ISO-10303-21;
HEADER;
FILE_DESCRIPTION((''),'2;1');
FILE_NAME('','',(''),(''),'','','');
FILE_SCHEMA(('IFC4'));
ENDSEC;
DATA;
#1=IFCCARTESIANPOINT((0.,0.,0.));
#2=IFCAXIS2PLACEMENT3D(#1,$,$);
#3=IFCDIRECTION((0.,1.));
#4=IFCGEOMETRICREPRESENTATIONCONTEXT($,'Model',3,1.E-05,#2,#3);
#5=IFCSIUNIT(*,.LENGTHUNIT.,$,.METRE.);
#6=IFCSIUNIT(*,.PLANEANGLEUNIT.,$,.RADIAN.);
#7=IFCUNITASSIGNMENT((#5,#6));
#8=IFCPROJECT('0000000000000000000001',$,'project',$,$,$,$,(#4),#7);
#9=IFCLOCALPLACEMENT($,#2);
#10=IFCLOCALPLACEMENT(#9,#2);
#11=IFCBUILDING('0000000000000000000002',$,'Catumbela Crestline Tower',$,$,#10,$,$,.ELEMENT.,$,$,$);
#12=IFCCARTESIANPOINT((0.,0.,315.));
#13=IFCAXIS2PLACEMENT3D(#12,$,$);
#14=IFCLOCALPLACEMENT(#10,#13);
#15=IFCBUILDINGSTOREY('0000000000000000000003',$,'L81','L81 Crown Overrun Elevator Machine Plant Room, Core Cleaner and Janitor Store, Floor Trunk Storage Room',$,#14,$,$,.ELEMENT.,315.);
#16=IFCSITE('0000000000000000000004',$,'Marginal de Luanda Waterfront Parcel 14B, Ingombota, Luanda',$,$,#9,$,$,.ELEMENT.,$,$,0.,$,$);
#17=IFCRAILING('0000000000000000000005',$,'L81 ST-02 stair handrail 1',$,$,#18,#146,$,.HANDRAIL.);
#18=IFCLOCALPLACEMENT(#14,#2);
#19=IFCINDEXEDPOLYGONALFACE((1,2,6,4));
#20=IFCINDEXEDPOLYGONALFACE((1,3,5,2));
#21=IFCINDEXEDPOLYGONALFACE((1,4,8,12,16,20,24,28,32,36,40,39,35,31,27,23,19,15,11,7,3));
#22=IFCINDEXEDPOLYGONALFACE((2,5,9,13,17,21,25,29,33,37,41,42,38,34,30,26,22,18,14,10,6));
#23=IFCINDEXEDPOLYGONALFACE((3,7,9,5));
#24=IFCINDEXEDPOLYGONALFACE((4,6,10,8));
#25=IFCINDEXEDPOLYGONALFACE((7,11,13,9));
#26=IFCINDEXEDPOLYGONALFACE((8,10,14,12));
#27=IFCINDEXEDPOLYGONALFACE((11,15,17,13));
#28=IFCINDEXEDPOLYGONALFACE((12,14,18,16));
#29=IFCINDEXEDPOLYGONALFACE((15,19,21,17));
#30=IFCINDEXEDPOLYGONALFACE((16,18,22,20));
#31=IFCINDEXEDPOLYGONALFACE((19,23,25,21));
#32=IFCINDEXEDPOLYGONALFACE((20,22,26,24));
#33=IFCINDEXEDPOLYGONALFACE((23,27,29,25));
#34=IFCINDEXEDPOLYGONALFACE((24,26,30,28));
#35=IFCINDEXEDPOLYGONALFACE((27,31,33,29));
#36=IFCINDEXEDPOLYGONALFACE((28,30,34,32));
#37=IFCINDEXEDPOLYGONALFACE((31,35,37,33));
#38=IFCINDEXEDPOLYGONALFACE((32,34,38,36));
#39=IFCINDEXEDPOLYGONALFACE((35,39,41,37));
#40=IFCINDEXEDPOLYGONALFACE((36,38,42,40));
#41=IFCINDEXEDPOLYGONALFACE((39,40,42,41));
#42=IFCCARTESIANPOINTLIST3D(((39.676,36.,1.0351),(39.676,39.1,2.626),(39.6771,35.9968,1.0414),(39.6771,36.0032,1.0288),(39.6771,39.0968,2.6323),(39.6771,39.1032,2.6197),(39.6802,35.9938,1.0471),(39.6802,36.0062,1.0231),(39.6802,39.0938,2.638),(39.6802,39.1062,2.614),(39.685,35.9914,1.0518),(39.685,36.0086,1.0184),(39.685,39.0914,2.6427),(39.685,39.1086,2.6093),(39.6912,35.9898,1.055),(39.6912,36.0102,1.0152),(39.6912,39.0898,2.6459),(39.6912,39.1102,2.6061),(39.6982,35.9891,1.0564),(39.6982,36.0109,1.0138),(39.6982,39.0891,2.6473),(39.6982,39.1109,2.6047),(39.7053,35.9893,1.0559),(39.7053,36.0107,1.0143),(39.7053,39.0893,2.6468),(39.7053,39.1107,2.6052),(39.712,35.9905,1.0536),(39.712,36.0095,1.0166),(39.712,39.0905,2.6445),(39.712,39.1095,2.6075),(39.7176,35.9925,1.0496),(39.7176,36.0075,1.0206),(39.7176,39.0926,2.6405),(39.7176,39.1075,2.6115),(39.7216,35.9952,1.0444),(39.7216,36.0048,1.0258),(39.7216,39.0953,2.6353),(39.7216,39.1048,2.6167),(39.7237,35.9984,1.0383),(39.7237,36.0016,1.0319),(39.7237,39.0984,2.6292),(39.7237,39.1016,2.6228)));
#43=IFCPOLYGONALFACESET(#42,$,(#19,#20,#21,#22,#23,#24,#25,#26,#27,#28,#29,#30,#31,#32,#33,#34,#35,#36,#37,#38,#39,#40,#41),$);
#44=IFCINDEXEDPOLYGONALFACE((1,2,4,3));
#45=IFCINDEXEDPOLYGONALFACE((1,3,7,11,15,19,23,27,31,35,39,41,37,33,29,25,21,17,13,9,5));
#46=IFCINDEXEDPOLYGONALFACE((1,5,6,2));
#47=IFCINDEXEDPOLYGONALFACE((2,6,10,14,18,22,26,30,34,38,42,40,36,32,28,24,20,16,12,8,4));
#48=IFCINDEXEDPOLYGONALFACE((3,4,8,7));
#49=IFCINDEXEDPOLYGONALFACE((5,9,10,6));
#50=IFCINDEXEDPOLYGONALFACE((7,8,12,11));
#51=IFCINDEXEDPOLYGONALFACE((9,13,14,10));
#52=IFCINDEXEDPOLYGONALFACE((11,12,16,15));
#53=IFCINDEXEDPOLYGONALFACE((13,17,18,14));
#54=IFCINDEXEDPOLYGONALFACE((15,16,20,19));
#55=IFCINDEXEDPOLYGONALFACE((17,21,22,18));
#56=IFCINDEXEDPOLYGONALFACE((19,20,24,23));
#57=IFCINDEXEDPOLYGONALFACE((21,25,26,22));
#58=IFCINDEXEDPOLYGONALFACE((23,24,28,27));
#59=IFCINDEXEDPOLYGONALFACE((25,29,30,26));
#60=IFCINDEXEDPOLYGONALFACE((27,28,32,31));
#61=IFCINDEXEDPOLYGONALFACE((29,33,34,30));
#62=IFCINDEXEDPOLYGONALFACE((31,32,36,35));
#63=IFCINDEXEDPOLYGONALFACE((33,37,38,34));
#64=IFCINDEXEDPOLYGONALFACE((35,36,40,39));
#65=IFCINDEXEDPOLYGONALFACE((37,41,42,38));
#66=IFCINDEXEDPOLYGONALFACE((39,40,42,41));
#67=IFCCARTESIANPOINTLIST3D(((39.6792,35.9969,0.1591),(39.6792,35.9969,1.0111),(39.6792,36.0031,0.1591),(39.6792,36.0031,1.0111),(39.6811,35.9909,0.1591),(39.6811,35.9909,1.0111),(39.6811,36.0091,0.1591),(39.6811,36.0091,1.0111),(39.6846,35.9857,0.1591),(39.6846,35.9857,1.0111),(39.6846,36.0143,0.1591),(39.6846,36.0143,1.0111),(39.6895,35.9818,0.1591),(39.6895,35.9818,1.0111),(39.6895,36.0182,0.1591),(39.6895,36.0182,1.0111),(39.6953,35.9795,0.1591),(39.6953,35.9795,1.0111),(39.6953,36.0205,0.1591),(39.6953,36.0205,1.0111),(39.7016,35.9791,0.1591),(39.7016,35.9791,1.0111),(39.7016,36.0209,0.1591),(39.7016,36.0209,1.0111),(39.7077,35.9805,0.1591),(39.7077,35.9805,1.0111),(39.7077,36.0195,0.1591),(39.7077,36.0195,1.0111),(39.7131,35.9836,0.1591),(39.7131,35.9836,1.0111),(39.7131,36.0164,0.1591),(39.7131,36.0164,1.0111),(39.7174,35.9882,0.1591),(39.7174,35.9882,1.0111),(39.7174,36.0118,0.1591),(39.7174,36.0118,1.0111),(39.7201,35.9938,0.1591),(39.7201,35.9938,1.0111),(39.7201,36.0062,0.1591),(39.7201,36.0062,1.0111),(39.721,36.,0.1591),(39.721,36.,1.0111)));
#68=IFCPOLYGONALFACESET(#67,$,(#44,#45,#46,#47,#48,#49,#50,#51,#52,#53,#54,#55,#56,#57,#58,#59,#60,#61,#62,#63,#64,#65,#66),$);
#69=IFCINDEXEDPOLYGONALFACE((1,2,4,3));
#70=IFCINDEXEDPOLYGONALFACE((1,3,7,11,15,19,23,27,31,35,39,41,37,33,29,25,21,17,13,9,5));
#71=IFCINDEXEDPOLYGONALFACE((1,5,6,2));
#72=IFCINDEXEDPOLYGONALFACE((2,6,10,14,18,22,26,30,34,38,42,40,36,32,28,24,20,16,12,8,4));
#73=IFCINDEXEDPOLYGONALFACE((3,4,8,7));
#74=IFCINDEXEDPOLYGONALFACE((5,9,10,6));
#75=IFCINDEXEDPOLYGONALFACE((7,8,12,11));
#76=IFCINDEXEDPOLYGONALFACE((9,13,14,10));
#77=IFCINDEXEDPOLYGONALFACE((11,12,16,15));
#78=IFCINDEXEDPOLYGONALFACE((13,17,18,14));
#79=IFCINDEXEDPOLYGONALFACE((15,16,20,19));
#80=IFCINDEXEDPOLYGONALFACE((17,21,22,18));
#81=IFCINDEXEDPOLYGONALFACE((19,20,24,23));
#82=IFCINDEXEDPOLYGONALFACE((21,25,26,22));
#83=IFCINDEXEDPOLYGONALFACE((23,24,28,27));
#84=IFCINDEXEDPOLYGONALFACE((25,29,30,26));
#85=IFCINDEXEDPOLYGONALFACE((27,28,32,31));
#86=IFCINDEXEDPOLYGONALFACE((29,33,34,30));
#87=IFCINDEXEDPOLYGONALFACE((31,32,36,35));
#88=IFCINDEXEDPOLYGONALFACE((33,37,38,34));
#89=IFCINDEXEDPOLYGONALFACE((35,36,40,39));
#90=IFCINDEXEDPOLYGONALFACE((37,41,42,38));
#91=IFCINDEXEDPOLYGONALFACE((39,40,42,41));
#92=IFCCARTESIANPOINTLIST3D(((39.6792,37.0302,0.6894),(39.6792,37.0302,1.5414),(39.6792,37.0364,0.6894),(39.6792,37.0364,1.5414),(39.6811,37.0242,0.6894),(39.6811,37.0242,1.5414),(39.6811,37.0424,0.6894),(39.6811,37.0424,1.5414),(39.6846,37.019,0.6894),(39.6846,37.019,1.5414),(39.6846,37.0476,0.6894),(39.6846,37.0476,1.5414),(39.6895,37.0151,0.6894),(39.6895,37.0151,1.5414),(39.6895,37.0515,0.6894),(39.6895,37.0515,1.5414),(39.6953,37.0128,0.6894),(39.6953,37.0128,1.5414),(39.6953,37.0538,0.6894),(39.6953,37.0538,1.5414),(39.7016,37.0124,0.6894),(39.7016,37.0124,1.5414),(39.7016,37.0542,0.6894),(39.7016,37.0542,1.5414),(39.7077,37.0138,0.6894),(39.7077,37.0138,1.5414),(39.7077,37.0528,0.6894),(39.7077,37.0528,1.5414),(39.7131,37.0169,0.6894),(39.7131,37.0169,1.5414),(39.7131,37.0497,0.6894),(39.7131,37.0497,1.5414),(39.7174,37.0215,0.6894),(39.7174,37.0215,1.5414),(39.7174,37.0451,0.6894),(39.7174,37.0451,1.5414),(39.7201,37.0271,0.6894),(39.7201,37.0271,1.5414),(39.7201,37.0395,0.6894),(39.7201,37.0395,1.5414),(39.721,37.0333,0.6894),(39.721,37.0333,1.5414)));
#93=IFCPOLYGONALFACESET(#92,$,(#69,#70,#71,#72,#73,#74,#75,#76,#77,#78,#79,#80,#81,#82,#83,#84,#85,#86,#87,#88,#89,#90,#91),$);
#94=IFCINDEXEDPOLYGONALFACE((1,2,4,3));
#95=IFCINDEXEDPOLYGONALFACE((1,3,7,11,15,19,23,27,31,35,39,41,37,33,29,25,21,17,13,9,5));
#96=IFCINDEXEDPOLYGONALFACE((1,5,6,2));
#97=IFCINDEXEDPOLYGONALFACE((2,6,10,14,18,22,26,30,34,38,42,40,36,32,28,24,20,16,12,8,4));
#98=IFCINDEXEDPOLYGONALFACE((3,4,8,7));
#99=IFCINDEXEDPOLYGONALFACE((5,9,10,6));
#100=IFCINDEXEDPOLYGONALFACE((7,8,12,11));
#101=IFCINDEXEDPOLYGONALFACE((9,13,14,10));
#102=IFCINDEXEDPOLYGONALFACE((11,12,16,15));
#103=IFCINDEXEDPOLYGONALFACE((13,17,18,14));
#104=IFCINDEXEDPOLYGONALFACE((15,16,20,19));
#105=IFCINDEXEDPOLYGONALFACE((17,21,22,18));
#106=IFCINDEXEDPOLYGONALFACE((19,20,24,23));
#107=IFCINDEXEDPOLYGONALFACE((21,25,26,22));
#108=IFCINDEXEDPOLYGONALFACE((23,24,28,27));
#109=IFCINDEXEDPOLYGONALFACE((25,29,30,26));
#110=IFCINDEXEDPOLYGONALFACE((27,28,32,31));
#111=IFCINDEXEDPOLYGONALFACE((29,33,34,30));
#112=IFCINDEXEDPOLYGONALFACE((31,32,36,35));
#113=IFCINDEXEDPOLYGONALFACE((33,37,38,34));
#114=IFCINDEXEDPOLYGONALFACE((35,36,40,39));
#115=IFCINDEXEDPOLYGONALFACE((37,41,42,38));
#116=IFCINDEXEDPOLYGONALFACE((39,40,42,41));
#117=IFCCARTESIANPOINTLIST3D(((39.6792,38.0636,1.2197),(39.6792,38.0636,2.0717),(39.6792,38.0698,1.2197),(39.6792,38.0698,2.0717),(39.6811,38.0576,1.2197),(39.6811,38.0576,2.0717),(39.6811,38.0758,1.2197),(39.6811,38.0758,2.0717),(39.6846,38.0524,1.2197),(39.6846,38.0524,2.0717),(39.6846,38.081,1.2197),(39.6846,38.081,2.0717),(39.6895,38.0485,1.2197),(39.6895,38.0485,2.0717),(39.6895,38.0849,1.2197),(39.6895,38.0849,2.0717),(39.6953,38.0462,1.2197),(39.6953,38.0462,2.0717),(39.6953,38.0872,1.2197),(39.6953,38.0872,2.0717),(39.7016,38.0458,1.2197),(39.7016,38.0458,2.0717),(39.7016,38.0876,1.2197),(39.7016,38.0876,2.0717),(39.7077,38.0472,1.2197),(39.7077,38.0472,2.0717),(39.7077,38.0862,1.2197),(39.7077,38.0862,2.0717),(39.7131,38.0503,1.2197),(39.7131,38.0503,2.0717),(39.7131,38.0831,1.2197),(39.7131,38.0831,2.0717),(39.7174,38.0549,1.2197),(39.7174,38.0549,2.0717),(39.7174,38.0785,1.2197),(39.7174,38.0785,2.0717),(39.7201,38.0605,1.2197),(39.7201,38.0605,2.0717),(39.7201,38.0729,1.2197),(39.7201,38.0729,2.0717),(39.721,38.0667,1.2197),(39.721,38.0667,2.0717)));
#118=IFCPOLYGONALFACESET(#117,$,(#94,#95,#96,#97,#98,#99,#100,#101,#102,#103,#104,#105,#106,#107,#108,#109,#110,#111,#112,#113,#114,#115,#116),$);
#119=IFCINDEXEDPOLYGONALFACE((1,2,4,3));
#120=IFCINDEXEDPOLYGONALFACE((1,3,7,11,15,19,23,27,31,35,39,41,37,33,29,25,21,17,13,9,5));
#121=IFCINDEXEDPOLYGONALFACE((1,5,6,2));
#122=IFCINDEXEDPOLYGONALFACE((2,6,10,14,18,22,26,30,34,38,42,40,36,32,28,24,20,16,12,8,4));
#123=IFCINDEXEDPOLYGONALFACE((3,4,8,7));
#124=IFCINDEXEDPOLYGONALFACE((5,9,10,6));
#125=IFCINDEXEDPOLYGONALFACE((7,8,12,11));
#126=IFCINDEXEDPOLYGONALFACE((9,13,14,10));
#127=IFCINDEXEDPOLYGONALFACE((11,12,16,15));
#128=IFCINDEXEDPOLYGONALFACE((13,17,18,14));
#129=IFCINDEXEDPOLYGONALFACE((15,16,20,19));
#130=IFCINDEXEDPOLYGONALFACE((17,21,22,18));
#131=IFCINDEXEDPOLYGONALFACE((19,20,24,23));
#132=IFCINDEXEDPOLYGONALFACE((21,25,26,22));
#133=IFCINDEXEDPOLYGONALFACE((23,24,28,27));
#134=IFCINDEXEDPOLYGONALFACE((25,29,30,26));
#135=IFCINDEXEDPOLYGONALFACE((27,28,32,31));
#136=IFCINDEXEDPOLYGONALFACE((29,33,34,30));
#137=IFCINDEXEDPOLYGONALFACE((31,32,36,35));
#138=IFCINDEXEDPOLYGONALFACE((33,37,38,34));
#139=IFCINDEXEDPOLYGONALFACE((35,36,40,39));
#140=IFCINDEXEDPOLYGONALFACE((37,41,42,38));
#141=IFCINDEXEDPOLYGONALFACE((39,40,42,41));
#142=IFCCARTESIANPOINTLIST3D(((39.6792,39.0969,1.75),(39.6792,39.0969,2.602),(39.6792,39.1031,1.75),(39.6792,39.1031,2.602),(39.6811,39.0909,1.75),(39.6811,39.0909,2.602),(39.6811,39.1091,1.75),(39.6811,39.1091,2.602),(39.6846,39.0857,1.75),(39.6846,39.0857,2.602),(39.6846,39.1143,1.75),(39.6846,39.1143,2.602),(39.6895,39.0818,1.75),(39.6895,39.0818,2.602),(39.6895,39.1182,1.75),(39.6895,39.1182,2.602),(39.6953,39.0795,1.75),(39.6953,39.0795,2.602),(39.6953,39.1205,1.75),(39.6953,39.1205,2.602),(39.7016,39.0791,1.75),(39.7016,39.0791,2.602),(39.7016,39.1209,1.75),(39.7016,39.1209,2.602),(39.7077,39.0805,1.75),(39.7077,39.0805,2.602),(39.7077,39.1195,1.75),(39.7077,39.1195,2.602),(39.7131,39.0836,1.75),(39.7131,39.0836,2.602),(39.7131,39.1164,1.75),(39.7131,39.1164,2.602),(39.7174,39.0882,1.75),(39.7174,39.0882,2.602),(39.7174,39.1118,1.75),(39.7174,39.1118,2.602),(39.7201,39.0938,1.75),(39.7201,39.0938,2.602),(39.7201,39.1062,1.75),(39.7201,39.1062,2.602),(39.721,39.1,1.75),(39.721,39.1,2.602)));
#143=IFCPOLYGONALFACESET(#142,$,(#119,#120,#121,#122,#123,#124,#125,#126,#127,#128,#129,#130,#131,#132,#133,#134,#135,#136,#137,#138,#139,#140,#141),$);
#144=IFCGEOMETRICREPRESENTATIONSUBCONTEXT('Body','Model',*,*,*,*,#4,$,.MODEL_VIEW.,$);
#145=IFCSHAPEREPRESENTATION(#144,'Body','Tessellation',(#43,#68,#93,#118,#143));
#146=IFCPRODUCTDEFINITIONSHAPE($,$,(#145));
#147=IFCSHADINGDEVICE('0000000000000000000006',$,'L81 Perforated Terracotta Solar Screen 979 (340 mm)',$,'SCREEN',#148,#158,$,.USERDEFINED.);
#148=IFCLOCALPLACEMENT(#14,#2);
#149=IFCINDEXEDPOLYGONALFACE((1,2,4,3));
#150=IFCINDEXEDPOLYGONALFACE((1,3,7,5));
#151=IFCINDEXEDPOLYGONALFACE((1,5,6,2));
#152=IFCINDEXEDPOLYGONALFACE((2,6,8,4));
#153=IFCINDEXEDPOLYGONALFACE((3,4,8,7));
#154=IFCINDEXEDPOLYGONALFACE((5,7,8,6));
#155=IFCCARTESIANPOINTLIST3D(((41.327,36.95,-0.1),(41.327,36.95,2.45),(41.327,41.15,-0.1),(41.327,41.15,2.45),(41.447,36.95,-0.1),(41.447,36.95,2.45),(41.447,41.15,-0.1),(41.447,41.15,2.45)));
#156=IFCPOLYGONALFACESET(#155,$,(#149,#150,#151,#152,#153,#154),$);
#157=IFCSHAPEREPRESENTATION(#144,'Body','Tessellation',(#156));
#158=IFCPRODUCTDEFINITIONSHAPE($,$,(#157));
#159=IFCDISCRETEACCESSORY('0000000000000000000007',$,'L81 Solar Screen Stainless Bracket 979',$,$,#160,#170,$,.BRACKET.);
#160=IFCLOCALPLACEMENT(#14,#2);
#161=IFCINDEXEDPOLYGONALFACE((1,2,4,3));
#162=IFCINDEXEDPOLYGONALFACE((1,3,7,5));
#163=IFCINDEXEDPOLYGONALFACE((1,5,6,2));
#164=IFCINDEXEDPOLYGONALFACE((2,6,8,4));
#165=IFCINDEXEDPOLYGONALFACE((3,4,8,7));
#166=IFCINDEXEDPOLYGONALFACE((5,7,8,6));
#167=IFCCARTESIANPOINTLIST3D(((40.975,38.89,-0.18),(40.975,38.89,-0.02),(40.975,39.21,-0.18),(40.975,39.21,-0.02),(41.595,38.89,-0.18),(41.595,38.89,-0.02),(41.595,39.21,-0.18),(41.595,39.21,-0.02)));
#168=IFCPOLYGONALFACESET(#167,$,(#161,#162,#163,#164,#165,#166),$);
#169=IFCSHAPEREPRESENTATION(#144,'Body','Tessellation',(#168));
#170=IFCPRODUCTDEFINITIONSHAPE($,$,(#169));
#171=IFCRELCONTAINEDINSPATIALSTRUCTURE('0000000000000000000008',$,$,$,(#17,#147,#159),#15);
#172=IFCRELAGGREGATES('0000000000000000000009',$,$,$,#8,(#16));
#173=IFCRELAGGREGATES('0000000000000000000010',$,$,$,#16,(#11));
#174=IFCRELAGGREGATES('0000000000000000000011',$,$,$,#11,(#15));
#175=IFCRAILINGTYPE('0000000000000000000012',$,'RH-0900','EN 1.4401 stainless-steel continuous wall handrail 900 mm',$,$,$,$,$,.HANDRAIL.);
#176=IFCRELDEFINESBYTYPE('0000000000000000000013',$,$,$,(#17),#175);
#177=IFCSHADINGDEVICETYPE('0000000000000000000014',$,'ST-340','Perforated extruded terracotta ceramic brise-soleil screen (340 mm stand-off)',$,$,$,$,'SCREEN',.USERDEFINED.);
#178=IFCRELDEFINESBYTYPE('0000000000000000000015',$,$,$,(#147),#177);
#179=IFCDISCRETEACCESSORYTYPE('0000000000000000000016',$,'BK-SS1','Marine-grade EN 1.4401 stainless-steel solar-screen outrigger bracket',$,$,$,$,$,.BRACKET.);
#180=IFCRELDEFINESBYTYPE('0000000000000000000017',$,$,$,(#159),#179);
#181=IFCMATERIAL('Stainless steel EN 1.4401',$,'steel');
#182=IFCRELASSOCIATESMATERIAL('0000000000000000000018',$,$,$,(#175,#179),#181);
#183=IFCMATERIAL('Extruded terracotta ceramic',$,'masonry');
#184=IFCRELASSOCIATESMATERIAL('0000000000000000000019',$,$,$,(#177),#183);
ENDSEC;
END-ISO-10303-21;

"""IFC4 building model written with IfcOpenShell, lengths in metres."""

from ifc_helpers import new_model, si_unit, direction, frame, origin, origin_2d, place, context, subcontext, project, spatial, rectangle, circle, extrude, material, type_object, element, save


model = new_model("IFC4")

# Units and contexts
model_context = context("Model", 3, precision=1e-05, world=origin(), true_north=direction((0.0, 1.0)))
body_context = subcontext(model_context, "Body", "Model", "MODEL_VIEW")
ifc_project = project(units=[si_unit("LENGTHUNIT", "METRE"), si_unit("PLANEANGLEUNIT", "RADIAN")], contexts=[model_context])

# Site, building, storey
site_placement = place(None, origin())
site = spatial("IfcSite", under=ifc_project, at=site_placement, Name="Marginal de Luanda Waterfront Parcel 14B, Ingombota, Luanda", CompositionType="ELEMENT", RefElevation=0.0)
building_placement = place(site_placement, origin())
building = spatial("IfcBuilding", under=site, at=building_placement, Name="Catumbela Crestline Tower", CompositionType="ELEMENT")
storey_placement = place(building_placement, frame((0.0, 0.0, 315.0)))
storey = spatial("IfcBuildingStorey", under=building, at=storey_placement, Name="L81", Description="L81 Crown Overrun Elevator Machine Plant Room, Core Cleaner and Janitor Store, Floor Trunk Storage Room", CompositionType="ELEMENT", Elevation=315.0)

# Railing
ifc_material_1 = material(Name="Stainless steel EN 1.4401", Category="steel")
railing_type_1 = type_object("IfcRailingType", Name="RH-0900", Description="EN 1.4401 stainless-steel continuous wall handrail 900 mm", PredefinedType="HANDRAIL", material=ifc_material_1)
railing_1_placement = place(storey_placement, frame((39.7, 36.0, 0.1591)))
element("IfcRailing", 1, at=railing_1_placement, inside=storey, type_object=railing_type_1, Name="L81 ST-02 stair handrail 1", PredefinedType="HANDRAIL", context=body_context, shape_type="SweptSolid", body=[
    extrude(circle(Radius=0.024, at=origin_2d()), frame((0.0, 0.0, 0.876), z_axis=(0.0, 0.889683, 0.456579), x_axis=(-1.0, 0.0, 0.0)), (0.0, 0.0, 1.0), 3.4844),
    extrude(circle(Radius=0.021, at=origin_2d()), origin(), (0.0, 0.0, 1.0), 0.852),
    extrude(circle(Radius=0.021, at=origin_2d()), frame((0.0, 1.0333, 0.5303)), (0.0, 0.0, 1.0), 0.852),
    extrude(circle(Radius=0.021, at=origin_2d()), frame((0.0, 2.0667, 1.0606)), (0.0, 0.0, 1.0), 0.852),
    extrude(circle(Radius=0.021, at=origin_2d()), frame((0.0, 3.1, 1.5909)), (0.0, 0.0, 1.0), 0.852),
])

# Shading device
ifc_material_2 = material(Name="Extruded terracotta ceramic", Category="masonry")
shading_device_type = type_object("IfcShadingDeviceType", Name="ST-340", Description="Perforated extruded terracotta ceramic brise-soleil screen (340 mm stand-off)", ElementType="SCREEN", PredefinedType="USERDEFINED", material=ifc_material_2)
shading_device_placement = place(storey_placement, frame((41.387, 39.05, -0.1), z_axis=(0.0, 0.0, 1.0), x_axis=(0.0, 1.0, 0.0)))
element("IfcShadingDevice", 2, at=shading_device_placement, inside=storey, type_object=shading_device_type, Name="L81 Perforated Terracotta Solar Screen 979 (340 mm)", ObjectType="SCREEN", PredefinedType="USERDEFINED", context=body_context, shape_type="SweptSolid", body=[
    extrude(rectangle(XDim=4.2, YDim=0.12, at=origin_2d()), origin(), (0.0, 0.0, 1.0), 2.55),
])

# Discrete accessory
discrete_accessory_type = type_object("IfcDiscreteAccessoryType", Name="BK-SS1", Description="Marine-grade EN 1.4401 stainless-steel solar-screen outrigger bracket", PredefinedType="BRACKET", material=ifc_material_1)
discrete_accessory_placement = place(storey_placement, frame((41.285, 39.05, -0.18), z_axis=(0.0, 0.0, 1.0), x_axis=(0.0, 1.0, 0.0)))
element("IfcDiscreteAccessory", 3, at=discrete_accessory_placement, inside=storey, type_object=discrete_accessory_type, Name="L81 Solar Screen Stainless Bracket 979", PredefinedType="BRACKET", context=body_context, shape_type="SweptSolid", body=[
    extrude(rectangle(XDim=0.32, YDim=0.62, at=origin_2d()), origin(), (0.0, 0.0, 1.0), 0.16),
])

save(model, "model.ifc")
